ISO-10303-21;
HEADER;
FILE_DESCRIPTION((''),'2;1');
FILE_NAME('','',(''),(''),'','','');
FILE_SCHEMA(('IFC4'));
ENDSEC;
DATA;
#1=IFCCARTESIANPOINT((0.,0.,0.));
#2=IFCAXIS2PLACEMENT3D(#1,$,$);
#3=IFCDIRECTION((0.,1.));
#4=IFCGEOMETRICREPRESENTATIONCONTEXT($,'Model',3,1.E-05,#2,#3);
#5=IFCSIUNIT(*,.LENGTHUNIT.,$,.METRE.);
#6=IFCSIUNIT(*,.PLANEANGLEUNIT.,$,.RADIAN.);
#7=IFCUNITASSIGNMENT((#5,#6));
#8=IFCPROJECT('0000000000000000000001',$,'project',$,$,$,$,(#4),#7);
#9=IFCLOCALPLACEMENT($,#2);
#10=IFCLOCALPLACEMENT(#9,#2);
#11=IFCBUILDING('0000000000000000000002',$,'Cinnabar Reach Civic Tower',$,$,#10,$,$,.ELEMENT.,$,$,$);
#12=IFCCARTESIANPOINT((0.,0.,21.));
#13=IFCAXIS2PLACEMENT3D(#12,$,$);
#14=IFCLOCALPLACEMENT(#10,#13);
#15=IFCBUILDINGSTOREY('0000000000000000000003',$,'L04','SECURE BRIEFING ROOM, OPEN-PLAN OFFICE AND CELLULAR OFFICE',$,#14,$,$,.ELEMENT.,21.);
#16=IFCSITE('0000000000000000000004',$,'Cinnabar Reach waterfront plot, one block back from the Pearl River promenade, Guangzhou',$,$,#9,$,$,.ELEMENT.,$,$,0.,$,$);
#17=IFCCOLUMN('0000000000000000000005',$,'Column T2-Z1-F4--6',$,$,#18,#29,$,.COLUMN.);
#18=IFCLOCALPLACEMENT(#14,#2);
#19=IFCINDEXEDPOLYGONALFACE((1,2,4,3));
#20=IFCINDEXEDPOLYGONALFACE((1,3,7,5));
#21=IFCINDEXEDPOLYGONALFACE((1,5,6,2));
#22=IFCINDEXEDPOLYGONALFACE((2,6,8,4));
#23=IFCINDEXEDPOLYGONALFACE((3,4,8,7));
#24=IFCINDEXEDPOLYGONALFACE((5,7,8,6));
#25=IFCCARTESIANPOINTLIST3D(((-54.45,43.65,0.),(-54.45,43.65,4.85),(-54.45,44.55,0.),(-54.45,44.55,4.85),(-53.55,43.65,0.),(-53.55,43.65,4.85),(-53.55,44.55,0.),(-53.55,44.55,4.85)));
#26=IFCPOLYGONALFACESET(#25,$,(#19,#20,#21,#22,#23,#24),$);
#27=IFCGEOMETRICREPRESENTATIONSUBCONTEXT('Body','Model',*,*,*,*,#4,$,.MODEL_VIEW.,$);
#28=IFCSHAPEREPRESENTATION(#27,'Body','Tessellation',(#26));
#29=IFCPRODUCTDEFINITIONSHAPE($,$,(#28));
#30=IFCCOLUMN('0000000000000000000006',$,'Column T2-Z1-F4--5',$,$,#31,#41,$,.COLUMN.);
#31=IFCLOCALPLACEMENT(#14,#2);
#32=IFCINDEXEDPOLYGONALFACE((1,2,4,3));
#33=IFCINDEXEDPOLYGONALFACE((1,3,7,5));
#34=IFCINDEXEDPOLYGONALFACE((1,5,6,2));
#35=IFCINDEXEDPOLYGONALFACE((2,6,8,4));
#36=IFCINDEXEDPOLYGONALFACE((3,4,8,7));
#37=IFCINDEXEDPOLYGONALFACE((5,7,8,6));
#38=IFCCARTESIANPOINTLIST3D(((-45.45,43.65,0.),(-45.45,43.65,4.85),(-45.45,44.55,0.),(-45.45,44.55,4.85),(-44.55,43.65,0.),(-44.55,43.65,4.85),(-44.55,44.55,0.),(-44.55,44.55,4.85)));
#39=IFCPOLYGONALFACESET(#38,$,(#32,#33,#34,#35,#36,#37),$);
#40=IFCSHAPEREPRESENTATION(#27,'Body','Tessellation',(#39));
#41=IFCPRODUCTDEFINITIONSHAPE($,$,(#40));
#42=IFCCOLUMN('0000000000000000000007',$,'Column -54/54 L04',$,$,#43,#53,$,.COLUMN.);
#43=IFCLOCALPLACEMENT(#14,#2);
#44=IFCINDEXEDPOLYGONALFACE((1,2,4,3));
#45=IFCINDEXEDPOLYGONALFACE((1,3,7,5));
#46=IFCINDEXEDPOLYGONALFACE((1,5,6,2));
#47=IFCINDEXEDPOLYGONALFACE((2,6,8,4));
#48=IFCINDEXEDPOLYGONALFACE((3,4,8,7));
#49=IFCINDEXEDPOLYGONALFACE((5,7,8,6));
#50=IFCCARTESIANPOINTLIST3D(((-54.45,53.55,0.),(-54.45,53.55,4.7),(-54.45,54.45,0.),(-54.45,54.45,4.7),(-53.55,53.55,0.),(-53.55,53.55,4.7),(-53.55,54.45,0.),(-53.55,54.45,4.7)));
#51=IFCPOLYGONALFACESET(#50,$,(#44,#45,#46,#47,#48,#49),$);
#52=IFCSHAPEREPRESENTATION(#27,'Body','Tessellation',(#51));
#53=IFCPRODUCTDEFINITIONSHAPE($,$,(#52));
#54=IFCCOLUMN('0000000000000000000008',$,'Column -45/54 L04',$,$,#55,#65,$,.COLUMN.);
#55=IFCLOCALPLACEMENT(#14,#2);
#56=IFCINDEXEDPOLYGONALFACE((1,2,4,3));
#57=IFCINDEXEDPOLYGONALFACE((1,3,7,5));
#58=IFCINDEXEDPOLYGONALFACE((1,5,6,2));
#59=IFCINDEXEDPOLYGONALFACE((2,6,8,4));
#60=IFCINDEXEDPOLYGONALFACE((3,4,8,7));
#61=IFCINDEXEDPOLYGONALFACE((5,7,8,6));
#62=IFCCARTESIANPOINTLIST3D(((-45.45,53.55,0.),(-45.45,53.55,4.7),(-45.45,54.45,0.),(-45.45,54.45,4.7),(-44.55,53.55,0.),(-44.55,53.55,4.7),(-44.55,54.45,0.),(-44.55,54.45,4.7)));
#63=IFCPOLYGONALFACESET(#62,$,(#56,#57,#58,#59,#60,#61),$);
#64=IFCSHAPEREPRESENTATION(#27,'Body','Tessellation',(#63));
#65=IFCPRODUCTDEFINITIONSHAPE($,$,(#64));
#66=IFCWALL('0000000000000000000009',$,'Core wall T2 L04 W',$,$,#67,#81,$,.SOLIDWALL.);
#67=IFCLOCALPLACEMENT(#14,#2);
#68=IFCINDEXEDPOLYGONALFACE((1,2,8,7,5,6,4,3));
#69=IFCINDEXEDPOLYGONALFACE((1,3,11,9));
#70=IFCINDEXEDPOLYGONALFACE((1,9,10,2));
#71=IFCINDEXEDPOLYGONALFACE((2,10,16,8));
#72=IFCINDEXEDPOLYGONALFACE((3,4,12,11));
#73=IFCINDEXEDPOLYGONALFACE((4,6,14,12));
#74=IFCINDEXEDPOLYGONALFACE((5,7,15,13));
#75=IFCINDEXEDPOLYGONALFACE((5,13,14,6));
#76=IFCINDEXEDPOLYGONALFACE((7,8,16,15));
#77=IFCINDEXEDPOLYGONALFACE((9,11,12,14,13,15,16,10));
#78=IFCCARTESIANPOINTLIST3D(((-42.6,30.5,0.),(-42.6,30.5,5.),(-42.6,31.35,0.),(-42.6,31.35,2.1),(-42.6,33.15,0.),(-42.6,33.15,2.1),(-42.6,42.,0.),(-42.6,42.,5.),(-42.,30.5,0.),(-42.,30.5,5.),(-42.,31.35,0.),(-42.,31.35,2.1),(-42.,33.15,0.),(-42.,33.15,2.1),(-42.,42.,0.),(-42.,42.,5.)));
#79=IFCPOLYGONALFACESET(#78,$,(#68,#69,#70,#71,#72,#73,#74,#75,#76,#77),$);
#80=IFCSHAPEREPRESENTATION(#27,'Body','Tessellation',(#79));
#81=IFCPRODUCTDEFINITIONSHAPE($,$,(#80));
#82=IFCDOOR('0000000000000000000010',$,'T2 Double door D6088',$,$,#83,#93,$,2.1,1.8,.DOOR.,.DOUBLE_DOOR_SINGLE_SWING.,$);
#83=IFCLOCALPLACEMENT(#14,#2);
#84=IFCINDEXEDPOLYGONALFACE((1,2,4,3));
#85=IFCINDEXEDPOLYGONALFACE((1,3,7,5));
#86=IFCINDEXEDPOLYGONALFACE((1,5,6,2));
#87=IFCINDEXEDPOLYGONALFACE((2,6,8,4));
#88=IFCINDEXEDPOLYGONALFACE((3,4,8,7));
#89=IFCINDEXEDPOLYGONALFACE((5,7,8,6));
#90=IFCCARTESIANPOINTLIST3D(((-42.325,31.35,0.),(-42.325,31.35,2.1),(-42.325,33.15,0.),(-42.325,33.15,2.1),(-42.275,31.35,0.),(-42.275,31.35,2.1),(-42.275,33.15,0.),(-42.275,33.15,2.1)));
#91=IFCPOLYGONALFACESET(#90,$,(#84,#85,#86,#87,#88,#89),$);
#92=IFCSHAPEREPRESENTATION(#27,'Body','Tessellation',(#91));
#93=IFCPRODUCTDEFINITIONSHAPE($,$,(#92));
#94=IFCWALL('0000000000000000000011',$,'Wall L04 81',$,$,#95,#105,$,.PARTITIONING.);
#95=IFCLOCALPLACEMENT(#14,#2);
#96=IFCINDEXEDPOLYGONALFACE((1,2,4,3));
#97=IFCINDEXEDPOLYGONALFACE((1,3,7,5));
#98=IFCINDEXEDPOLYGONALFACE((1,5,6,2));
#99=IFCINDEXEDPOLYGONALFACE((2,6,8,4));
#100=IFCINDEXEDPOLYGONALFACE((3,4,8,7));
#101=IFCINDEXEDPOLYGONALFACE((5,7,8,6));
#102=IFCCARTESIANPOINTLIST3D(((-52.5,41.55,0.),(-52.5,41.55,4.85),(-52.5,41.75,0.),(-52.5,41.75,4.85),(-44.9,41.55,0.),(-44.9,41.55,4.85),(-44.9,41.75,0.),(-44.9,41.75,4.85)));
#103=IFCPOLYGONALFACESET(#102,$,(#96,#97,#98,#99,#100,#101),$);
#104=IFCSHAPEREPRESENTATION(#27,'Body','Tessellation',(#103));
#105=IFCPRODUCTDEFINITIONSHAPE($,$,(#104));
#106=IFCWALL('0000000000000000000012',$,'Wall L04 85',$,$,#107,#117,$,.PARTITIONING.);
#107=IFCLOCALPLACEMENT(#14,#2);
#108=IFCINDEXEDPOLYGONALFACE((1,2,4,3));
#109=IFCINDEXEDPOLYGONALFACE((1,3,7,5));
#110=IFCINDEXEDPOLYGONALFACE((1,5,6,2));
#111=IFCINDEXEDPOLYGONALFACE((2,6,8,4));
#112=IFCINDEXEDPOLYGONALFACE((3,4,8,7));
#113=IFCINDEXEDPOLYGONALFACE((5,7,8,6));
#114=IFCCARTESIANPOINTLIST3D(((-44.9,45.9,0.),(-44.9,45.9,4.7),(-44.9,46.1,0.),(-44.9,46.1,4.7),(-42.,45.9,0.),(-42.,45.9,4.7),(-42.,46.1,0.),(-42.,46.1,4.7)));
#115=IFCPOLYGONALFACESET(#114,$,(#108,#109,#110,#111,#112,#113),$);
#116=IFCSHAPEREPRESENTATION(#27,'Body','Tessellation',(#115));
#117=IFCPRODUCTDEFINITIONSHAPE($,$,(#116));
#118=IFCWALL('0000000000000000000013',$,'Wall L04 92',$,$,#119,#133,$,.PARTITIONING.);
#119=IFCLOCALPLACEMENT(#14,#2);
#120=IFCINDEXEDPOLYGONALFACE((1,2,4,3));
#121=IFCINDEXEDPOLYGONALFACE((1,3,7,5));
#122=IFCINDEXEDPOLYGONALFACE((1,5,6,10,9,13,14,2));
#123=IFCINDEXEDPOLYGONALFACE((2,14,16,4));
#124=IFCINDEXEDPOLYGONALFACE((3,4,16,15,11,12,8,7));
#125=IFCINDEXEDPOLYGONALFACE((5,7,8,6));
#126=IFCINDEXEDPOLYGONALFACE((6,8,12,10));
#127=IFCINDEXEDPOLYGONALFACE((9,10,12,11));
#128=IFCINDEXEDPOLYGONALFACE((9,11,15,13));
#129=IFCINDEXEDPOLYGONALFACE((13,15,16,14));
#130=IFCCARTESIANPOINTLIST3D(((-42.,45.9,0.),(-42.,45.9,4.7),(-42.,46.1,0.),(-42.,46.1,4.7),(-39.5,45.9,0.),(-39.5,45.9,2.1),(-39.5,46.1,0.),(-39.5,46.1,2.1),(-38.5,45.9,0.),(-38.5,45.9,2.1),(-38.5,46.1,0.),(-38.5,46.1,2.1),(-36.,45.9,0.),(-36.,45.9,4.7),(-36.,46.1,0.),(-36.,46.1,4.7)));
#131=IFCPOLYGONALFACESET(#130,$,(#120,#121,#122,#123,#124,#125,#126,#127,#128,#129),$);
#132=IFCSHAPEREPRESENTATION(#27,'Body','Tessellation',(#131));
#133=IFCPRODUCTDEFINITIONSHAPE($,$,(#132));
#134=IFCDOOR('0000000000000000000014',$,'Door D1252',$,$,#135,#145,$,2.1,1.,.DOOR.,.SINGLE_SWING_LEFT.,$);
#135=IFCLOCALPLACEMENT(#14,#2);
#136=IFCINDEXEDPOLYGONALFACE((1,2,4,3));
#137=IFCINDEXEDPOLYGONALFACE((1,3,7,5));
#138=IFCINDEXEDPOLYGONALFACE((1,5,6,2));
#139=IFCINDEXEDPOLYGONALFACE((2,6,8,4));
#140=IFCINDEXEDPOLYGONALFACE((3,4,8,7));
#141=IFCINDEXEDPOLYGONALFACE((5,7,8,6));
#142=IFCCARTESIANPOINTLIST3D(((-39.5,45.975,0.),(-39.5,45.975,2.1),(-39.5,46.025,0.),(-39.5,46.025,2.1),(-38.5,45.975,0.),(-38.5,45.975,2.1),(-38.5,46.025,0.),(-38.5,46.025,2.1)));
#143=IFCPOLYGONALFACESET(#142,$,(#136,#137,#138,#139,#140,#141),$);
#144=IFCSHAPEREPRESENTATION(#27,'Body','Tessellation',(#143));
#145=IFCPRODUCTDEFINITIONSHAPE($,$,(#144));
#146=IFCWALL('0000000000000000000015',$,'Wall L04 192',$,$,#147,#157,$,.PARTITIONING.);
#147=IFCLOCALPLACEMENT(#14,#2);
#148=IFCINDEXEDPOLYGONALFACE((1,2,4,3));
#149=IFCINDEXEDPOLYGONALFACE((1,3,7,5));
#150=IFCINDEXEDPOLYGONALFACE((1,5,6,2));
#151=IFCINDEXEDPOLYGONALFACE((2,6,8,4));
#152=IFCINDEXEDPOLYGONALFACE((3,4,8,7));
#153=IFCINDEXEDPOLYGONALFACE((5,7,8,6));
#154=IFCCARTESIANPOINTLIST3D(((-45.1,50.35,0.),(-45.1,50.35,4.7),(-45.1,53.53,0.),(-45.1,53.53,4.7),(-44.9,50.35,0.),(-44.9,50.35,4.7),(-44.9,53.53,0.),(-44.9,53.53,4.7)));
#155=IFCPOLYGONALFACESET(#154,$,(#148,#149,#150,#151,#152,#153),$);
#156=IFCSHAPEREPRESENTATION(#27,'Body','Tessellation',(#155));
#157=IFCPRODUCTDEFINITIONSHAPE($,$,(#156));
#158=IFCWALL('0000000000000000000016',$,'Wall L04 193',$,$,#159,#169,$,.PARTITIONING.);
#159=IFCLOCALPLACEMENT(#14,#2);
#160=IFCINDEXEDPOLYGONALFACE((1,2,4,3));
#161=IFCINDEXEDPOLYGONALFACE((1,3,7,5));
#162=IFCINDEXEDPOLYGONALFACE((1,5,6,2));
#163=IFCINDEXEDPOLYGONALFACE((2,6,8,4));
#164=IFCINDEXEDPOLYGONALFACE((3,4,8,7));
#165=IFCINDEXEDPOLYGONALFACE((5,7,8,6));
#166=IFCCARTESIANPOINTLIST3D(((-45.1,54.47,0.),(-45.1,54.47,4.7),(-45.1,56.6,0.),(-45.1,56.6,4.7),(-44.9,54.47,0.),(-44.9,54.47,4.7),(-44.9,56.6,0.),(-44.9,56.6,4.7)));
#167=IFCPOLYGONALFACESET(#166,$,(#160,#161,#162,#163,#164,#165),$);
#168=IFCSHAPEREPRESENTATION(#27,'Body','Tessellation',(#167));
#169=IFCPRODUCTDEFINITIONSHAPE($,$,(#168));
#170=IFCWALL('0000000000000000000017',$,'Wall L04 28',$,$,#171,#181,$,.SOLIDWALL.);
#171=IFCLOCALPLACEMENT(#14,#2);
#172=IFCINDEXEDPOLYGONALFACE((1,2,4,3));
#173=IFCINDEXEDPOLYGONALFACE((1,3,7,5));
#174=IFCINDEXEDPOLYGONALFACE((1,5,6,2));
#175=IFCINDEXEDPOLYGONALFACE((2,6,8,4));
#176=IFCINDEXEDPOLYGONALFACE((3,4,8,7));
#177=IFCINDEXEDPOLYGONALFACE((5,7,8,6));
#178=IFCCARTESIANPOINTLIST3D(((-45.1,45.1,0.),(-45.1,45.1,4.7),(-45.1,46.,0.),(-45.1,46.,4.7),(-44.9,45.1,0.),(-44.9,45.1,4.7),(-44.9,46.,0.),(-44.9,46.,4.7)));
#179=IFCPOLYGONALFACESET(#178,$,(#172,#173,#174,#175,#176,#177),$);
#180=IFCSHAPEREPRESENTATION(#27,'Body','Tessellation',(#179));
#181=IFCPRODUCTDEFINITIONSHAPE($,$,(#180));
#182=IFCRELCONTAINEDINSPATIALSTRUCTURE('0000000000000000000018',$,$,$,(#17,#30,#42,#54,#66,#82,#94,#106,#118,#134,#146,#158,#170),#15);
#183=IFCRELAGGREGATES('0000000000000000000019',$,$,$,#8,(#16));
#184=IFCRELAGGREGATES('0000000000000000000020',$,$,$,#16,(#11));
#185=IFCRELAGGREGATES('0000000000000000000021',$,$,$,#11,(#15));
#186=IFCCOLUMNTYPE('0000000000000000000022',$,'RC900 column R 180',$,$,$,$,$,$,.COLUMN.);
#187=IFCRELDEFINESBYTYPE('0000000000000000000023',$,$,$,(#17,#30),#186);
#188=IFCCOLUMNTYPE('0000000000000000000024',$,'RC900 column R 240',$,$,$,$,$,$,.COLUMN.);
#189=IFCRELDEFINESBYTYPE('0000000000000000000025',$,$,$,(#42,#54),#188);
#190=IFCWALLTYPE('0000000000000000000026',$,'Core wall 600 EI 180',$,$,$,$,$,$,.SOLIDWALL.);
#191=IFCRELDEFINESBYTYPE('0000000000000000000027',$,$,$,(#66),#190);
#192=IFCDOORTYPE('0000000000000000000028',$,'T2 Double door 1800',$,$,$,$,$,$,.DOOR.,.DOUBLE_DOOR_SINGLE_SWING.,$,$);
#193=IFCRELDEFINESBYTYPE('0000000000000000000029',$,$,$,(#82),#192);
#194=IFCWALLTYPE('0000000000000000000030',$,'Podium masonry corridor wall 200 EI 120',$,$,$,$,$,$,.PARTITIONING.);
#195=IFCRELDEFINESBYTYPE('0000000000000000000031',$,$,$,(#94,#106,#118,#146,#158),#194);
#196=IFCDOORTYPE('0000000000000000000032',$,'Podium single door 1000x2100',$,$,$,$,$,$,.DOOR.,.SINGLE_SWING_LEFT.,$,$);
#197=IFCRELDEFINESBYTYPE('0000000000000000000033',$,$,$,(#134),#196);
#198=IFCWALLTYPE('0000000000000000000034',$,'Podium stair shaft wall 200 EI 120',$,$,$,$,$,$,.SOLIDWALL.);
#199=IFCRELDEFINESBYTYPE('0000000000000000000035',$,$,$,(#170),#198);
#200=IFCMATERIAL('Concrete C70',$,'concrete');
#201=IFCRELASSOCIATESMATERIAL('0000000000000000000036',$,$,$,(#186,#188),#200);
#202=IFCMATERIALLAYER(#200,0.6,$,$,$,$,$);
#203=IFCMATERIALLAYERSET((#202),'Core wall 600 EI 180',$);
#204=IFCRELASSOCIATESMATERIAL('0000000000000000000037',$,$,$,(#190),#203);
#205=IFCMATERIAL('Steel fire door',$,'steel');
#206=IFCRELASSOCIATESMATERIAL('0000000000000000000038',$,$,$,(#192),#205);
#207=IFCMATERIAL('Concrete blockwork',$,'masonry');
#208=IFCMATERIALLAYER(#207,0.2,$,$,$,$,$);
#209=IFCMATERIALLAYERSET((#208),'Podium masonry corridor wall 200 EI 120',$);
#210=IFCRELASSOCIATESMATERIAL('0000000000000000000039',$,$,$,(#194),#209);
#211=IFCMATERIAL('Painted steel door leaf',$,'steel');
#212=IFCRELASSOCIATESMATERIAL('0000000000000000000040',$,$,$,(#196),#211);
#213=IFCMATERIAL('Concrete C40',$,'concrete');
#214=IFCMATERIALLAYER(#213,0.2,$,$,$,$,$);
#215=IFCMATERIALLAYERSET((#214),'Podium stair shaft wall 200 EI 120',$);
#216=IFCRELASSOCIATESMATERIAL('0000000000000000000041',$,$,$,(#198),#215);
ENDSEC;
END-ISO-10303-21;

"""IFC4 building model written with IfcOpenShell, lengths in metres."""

from ifc_helpers import new_model, si_unit, direction, frame, frame_2d, origin, origin_2d, place, context, subcontext, project, spatial, rectangle, extrude, material, layer, layer_set, material_profile, profile_set, type_object, element, fill, save


model = new_model("IFC4")

# Units and contexts
model_context = context("Model", 3, precision=1e-05, world=origin(), true_north=direction((0.0, 1.0)))
body_context = subcontext(model_context, "Body", "Model", "MODEL_VIEW")
ifc_project = project(units=[si_unit("LENGTHUNIT", "METRE"), si_unit("PLANEANGLEUNIT", "RADIAN")], contexts=[model_context])

# Site, building, storey
site_placement = place(None, origin())
site = spatial("IfcSite", under=ifc_project, at=site_placement, Name="Cinnabar Reach waterfront plot, one block back from the Pearl River promenade, Guangzhou", CompositionType="ELEMENT", RefElevation=0.0)
building_placement = place(site_placement, origin())
building = spatial("IfcBuilding", under=site, at=building_placement, Name="Cinnabar Reach Civic Tower", CompositionType="ELEMENT")
storey_placement = place(building_placement, frame((0.0, 0.0, 21.0)))
storey = spatial("IfcBuildingStorey", under=building, at=storey_placement, Name="L04", Description="SECURE BRIEFING ROOM, OPEN-PLAN OFFICE AND CELLULAR OFFICE", CompositionType="ELEMENT", Elevation=21.0)

# Columns
ifc_material_1 = material(Name="Concrete C70", Category="concrete")
ifc_material_profile_1 = material_profile(ifc_material_1, rectangle(XDim=0.9, YDim=0.9, at=origin_2d()), Name="RC900")
ifc_profile_set_1 = profile_set([ifc_material_profile_1], Name="Concrete C70")
column_type_1 = type_object("IfcColumnType", Name="RC900 column R 180", PredefinedType="COLUMN", material=ifc_profile_set_1)
for number, where, z_axis, x_axis, name in (
    (1, (-54.0, 44.1, 0.0), (0.0, 0.0, 1.0), (1.0, 0.0, 0.0), "Column T2-Z1-F4--6"),
    (2, (-45.0, 44.1, 0.0), (0.0, 0.0, 1.0), (1.0, 0.0, 0.0), "Column T2-Z1-F4--5"),
):
    element("IfcColumn", number, at=place(storey_placement, frame(where, z_axis=z_axis, x_axis=x_axis)), inside=storey, type_object=column_type_1, Name=name, PredefinedType="COLUMN", context=body_context, shape_type="SweptSolid", body=[
        extrude(rectangle(XDim=0.9, YDim=0.9, at=origin_2d()), origin(), (0.0, 0.0, 1.0), 4.85),
    ])
ifc_material_profile_2 = material_profile(ifc_material_1, rectangle(XDim=0.9, YDim=0.9, at=origin_2d()), Name="RC900")
ifc_profile_set_2 = profile_set([ifc_material_profile_2], Name="Concrete C70")
column_type_2 = type_object("IfcColumnType", Name="RC900 column R 240", PredefinedType="COLUMN", material=ifc_profile_set_2)
for number, where, z_axis, x_axis, name in (
    (3, (-54.0, 54.0, 0.0), (0.0, 0.0, 1.0), (1.0, 0.0, 0.0), "Column -54/54 L04"),
    (4, (-45.0, 54.0, 0.0), (0.0, 0.0, 1.0), (1.0, 0.0, 0.0), "Column -45/54 L04"),
):
    element("IfcColumn", number, at=place(storey_placement, frame(where, z_axis=z_axis, x_axis=x_axis)), inside=storey, type_object=column_type_2, Name=name, PredefinedType="COLUMN", context=body_context, shape_type="SweptSolid", body=[
        extrude(rectangle(XDim=0.9, YDim=0.9, at=origin_2d()), origin(), (0.0, 0.0, 1.0), 4.7),
    ])

# Wall, opening, door
ifc_layer_1 = layer(ifc_material_1, 0.6)
ifc_layer_set_1 = layer_set([ifc_layer_1], Name="Core wall 600 EI 180")
wall_type_1 = type_object("IfcWallType", Name="Core wall 600 EI 180", PredefinedType="SOLIDWALL", material=ifc_layer_set_1)
wall_1_placement = place(storey_placement, frame((-42.3, 42.0, 0.0), z_axis=(0.0, 0.0, 1.0), x_axis=(0.0, -1.0, 0.0)))
wall_1 = element("IfcWall", 5, at=wall_1_placement, inside=storey, type_object=wall_type_1, Name="Core wall T2 L04 W", PredefinedType="SOLIDWALL", context=body_context, shape_type="SweptSolid", body=[
    extrude(rectangle(XDim=11.5, YDim=0.6, at=frame_2d((5.75, 0.0))), origin(), (0.0, 0.0, 1.0), 5.0),
])
opening_1_placement = place(wall_1_placement, frame((8.85, 0.0, 0.0)))
opening_1 = element("IfcOpeningElement", 6, at=opening_1_placement, cuts=wall_1, PredefinedType="OPENING", context=body_context, shape_type="SweptSolid", body=[
    extrude(rectangle(XDim=1.8, YDim=2.1, at=frame_2d((0.9, 1.05))), frame((0.0, 0.31, 0.0), z_axis=(0.0, -1.0, 0.0), x_axis=(1.0, 0.0, 0.0)), (0.0, 0.0, 1.0), 0.62),
])
ifc_material_2 = material(Name="Steel fire door", Category="steel")
door_type_1 = type_object("IfcDoorType", Name="T2 Double door 1800", OperationType="DOUBLE_DOOR_SINGLE_SWING", PredefinedType="DOOR", material=ifc_material_2)
door_1_placement = place(opening_1_placement, frame((1.8, 0.0, 0.0), z_axis=(0.0, 0.0, 1.0), x_axis=(-1.0, 0.0, 0.0)))
door_1 = element("IfcDoor", 7, at=door_1_placement, inside=storey, type_object=door_type_1, Name="T2 Double door D6088", OperationType="DOUBLE_DOOR_SINGLE_SWING", OverallHeight=2.1, OverallWidth=1.8, PredefinedType="DOOR", context=body_context, shape_type="SweptSolid", body=[
    extrude(rectangle(XDim=1.8, YDim=2.1, at=frame_2d((0.9, 1.05))), frame((0.0, 0.025, 0.0), z_axis=(0.0, -1.0, 0.0), x_axis=(1.0, 0.0, 0.0)), (0.0, 0.0, 1.0), 0.05),
])
fill(opening_1, door_1)

# Walls
ifc_material_3 = material(Name="Concrete blockwork", Category="masonry")
ifc_layer_2 = layer(ifc_material_3, 0.2)
ifc_layer_set_2 = layer_set([ifc_layer_2], Name="Podium masonry corridor wall 200 EI 120")
wall_type_2 = type_object("IfcWallType", Name="Podium masonry corridor wall 200 EI 120", PredefinedType="PARTITIONING", material=ifc_layer_set_2)
wall_2_placement = place(storey_placement, frame((-52.5, 41.65, 0.0), z_axis=(0.0, 0.0, 1.0), x_axis=(1.0, 0.0, 0.0)))
element("IfcWall", 8, at=wall_2_placement, inside=storey, type_object=wall_type_2, Name="Wall L04 81", PredefinedType="PARTITIONING", context=body_context, shape_type="SweptSolid", body=[
    extrude(rectangle(XDim=7.6, YDim=0.2, at=frame_2d((3.8, 0.0))), origin(), (0.0, 0.0, 1.0), 4.85),
])
wall_3_placement = place(storey_placement, frame((-44.9, 46.0, 0.0), z_axis=(0.0, 0.0, 1.0), x_axis=(1.0, 0.0, 0.0)))
element("IfcWall", 9, at=wall_3_placement, inside=storey, type_object=wall_type_2, Name="Wall L04 85", PredefinedType="PARTITIONING", context=body_context, shape_type="SweptSolid", body=[
    extrude(rectangle(XDim=2.9, YDim=0.2, at=frame_2d((1.45, 0.0))), origin(), (0.0, 0.0, 1.0), 4.7),
])

# Wall, opening, door
wall_4_placement = place(storey_placement, frame((-42.0, 46.0, 0.0), z_axis=(0.0, 0.0, 1.0), x_axis=(1.0, 0.0, 0.0)))
wall_4 = element("IfcWall", 10, at=wall_4_placement, inside=storey, type_object=wall_type_2, Name="Wall L04 92", PredefinedType="PARTITIONING", context=body_context, shape_type="SweptSolid", body=[
    extrude(rectangle(XDim=6.0, YDim=0.2, at=frame_2d((3.0, 0.0))), origin(), (0.0, 0.0, 1.0), 4.7),
])
opening_2_placement = place(wall_4_placement, frame((2.5, 0.0, 0.0)))
opening_2 = element("IfcOpeningElement", 11, at=opening_2_placement, cuts=wall_4, PredefinedType="OPENING", context=body_context, shape_type="SweptSolid", body=[
    extrude(rectangle(XDim=1.0, YDim=2.1, at=frame_2d((0.5, 1.05))), frame((0.0, 0.11, 0.0), z_axis=(0.0, -1.0, 0.0), x_axis=(1.0, 0.0, 0.0)), (0.0, 0.0, 1.0), 0.22),
])
ifc_material_4 = material(Name="Painted steel door leaf", Category="steel")
door_type_2 = type_object("IfcDoorType", Name="Podium single door 1000x2100", OperationType="SINGLE_SWING_LEFT", PredefinedType="DOOR", material=ifc_material_4)
door_2_placement = place(opening_2_placement, origin())
door_2 = element("IfcDoor", 12, at=door_2_placement, inside=storey, type_object=door_type_2, Name="Door D1252", OperationType="SINGLE_SWING_LEFT", OverallHeight=2.1, OverallWidth=1.0, PredefinedType="DOOR", context=body_context, shape_type="SweptSolid", body=[
    extrude(rectangle(XDim=1.0, YDim=2.1, at=frame_2d((0.5, 1.05))), frame((0.0, 0.025, 0.0), z_axis=(0.0, -1.0, 0.0), x_axis=(1.0, 0.0, 0.0)), (0.0, 0.0, 1.0), 0.05),
])
fill(opening_2, door_2)

# Walls
wall_5_placement = place(storey_placement, frame((-45.0, 50.35, 0.0), z_axis=(0.0, 0.0, 1.0), x_axis=(0.0, 1.0, 0.0)))
element("IfcWall", 13, at=wall_5_placement, inside=storey, type_object=wall_type_2, Name="Wall L04 192", PredefinedType="PARTITIONING", context=body_context, shape_type="SweptSolid", body=[
    extrude(rectangle(XDim=3.18, YDim=0.2, at=frame_2d((1.59, 0.0))), origin(), (0.0, 0.0, 1.0), 4.7),
])
wall_6_placement = place(storey_placement, frame((-45.0, 54.47, 0.0), z_axis=(0.0, 0.0, 1.0), x_axis=(0.0, 1.0, 0.0)))
element("IfcWall", 14, at=wall_6_placement, inside=storey, type_object=wall_type_2, Name="Wall L04 193", PredefinedType="PARTITIONING", context=body_context, shape_type="SweptSolid", body=[
    extrude(rectangle(XDim=2.13, YDim=0.2, at=frame_2d((1.065, 0.0))), origin(), (0.0, 0.0, 1.0), 4.7),
])
ifc_material_5 = material(Name="Concrete C40", Category="concrete")
ifc_layer_3 = layer(ifc_material_5, 0.2)
ifc_layer_set_3 = layer_set([ifc_layer_3], Name="Podium stair shaft wall 200 EI 120")
wall_type_3 = type_object("IfcWallType", Name="Podium stair shaft wall 200 EI 120", PredefinedType="SOLIDWALL", material=ifc_layer_set_3)
wall_7_placement = place(storey_placement, frame((-45.0, 45.1, 0.0), z_axis=(0.0, 0.0, 1.0), x_axis=(0.0, 1.0, 0.0)))
element("IfcWall", 15, at=wall_7_placement, inside=storey, type_object=wall_type_3, Name="Wall L04 28", PredefinedType="SOLIDWALL", context=body_context, shape_type="SweptSolid", body=[
    extrude(rectangle(XDim=0.9, YDim=0.2, at=frame_2d((0.45, 0.0))), origin(), (0.0, 0.0, 1.0), 4.7),
])

save(model, "model.ifc")
